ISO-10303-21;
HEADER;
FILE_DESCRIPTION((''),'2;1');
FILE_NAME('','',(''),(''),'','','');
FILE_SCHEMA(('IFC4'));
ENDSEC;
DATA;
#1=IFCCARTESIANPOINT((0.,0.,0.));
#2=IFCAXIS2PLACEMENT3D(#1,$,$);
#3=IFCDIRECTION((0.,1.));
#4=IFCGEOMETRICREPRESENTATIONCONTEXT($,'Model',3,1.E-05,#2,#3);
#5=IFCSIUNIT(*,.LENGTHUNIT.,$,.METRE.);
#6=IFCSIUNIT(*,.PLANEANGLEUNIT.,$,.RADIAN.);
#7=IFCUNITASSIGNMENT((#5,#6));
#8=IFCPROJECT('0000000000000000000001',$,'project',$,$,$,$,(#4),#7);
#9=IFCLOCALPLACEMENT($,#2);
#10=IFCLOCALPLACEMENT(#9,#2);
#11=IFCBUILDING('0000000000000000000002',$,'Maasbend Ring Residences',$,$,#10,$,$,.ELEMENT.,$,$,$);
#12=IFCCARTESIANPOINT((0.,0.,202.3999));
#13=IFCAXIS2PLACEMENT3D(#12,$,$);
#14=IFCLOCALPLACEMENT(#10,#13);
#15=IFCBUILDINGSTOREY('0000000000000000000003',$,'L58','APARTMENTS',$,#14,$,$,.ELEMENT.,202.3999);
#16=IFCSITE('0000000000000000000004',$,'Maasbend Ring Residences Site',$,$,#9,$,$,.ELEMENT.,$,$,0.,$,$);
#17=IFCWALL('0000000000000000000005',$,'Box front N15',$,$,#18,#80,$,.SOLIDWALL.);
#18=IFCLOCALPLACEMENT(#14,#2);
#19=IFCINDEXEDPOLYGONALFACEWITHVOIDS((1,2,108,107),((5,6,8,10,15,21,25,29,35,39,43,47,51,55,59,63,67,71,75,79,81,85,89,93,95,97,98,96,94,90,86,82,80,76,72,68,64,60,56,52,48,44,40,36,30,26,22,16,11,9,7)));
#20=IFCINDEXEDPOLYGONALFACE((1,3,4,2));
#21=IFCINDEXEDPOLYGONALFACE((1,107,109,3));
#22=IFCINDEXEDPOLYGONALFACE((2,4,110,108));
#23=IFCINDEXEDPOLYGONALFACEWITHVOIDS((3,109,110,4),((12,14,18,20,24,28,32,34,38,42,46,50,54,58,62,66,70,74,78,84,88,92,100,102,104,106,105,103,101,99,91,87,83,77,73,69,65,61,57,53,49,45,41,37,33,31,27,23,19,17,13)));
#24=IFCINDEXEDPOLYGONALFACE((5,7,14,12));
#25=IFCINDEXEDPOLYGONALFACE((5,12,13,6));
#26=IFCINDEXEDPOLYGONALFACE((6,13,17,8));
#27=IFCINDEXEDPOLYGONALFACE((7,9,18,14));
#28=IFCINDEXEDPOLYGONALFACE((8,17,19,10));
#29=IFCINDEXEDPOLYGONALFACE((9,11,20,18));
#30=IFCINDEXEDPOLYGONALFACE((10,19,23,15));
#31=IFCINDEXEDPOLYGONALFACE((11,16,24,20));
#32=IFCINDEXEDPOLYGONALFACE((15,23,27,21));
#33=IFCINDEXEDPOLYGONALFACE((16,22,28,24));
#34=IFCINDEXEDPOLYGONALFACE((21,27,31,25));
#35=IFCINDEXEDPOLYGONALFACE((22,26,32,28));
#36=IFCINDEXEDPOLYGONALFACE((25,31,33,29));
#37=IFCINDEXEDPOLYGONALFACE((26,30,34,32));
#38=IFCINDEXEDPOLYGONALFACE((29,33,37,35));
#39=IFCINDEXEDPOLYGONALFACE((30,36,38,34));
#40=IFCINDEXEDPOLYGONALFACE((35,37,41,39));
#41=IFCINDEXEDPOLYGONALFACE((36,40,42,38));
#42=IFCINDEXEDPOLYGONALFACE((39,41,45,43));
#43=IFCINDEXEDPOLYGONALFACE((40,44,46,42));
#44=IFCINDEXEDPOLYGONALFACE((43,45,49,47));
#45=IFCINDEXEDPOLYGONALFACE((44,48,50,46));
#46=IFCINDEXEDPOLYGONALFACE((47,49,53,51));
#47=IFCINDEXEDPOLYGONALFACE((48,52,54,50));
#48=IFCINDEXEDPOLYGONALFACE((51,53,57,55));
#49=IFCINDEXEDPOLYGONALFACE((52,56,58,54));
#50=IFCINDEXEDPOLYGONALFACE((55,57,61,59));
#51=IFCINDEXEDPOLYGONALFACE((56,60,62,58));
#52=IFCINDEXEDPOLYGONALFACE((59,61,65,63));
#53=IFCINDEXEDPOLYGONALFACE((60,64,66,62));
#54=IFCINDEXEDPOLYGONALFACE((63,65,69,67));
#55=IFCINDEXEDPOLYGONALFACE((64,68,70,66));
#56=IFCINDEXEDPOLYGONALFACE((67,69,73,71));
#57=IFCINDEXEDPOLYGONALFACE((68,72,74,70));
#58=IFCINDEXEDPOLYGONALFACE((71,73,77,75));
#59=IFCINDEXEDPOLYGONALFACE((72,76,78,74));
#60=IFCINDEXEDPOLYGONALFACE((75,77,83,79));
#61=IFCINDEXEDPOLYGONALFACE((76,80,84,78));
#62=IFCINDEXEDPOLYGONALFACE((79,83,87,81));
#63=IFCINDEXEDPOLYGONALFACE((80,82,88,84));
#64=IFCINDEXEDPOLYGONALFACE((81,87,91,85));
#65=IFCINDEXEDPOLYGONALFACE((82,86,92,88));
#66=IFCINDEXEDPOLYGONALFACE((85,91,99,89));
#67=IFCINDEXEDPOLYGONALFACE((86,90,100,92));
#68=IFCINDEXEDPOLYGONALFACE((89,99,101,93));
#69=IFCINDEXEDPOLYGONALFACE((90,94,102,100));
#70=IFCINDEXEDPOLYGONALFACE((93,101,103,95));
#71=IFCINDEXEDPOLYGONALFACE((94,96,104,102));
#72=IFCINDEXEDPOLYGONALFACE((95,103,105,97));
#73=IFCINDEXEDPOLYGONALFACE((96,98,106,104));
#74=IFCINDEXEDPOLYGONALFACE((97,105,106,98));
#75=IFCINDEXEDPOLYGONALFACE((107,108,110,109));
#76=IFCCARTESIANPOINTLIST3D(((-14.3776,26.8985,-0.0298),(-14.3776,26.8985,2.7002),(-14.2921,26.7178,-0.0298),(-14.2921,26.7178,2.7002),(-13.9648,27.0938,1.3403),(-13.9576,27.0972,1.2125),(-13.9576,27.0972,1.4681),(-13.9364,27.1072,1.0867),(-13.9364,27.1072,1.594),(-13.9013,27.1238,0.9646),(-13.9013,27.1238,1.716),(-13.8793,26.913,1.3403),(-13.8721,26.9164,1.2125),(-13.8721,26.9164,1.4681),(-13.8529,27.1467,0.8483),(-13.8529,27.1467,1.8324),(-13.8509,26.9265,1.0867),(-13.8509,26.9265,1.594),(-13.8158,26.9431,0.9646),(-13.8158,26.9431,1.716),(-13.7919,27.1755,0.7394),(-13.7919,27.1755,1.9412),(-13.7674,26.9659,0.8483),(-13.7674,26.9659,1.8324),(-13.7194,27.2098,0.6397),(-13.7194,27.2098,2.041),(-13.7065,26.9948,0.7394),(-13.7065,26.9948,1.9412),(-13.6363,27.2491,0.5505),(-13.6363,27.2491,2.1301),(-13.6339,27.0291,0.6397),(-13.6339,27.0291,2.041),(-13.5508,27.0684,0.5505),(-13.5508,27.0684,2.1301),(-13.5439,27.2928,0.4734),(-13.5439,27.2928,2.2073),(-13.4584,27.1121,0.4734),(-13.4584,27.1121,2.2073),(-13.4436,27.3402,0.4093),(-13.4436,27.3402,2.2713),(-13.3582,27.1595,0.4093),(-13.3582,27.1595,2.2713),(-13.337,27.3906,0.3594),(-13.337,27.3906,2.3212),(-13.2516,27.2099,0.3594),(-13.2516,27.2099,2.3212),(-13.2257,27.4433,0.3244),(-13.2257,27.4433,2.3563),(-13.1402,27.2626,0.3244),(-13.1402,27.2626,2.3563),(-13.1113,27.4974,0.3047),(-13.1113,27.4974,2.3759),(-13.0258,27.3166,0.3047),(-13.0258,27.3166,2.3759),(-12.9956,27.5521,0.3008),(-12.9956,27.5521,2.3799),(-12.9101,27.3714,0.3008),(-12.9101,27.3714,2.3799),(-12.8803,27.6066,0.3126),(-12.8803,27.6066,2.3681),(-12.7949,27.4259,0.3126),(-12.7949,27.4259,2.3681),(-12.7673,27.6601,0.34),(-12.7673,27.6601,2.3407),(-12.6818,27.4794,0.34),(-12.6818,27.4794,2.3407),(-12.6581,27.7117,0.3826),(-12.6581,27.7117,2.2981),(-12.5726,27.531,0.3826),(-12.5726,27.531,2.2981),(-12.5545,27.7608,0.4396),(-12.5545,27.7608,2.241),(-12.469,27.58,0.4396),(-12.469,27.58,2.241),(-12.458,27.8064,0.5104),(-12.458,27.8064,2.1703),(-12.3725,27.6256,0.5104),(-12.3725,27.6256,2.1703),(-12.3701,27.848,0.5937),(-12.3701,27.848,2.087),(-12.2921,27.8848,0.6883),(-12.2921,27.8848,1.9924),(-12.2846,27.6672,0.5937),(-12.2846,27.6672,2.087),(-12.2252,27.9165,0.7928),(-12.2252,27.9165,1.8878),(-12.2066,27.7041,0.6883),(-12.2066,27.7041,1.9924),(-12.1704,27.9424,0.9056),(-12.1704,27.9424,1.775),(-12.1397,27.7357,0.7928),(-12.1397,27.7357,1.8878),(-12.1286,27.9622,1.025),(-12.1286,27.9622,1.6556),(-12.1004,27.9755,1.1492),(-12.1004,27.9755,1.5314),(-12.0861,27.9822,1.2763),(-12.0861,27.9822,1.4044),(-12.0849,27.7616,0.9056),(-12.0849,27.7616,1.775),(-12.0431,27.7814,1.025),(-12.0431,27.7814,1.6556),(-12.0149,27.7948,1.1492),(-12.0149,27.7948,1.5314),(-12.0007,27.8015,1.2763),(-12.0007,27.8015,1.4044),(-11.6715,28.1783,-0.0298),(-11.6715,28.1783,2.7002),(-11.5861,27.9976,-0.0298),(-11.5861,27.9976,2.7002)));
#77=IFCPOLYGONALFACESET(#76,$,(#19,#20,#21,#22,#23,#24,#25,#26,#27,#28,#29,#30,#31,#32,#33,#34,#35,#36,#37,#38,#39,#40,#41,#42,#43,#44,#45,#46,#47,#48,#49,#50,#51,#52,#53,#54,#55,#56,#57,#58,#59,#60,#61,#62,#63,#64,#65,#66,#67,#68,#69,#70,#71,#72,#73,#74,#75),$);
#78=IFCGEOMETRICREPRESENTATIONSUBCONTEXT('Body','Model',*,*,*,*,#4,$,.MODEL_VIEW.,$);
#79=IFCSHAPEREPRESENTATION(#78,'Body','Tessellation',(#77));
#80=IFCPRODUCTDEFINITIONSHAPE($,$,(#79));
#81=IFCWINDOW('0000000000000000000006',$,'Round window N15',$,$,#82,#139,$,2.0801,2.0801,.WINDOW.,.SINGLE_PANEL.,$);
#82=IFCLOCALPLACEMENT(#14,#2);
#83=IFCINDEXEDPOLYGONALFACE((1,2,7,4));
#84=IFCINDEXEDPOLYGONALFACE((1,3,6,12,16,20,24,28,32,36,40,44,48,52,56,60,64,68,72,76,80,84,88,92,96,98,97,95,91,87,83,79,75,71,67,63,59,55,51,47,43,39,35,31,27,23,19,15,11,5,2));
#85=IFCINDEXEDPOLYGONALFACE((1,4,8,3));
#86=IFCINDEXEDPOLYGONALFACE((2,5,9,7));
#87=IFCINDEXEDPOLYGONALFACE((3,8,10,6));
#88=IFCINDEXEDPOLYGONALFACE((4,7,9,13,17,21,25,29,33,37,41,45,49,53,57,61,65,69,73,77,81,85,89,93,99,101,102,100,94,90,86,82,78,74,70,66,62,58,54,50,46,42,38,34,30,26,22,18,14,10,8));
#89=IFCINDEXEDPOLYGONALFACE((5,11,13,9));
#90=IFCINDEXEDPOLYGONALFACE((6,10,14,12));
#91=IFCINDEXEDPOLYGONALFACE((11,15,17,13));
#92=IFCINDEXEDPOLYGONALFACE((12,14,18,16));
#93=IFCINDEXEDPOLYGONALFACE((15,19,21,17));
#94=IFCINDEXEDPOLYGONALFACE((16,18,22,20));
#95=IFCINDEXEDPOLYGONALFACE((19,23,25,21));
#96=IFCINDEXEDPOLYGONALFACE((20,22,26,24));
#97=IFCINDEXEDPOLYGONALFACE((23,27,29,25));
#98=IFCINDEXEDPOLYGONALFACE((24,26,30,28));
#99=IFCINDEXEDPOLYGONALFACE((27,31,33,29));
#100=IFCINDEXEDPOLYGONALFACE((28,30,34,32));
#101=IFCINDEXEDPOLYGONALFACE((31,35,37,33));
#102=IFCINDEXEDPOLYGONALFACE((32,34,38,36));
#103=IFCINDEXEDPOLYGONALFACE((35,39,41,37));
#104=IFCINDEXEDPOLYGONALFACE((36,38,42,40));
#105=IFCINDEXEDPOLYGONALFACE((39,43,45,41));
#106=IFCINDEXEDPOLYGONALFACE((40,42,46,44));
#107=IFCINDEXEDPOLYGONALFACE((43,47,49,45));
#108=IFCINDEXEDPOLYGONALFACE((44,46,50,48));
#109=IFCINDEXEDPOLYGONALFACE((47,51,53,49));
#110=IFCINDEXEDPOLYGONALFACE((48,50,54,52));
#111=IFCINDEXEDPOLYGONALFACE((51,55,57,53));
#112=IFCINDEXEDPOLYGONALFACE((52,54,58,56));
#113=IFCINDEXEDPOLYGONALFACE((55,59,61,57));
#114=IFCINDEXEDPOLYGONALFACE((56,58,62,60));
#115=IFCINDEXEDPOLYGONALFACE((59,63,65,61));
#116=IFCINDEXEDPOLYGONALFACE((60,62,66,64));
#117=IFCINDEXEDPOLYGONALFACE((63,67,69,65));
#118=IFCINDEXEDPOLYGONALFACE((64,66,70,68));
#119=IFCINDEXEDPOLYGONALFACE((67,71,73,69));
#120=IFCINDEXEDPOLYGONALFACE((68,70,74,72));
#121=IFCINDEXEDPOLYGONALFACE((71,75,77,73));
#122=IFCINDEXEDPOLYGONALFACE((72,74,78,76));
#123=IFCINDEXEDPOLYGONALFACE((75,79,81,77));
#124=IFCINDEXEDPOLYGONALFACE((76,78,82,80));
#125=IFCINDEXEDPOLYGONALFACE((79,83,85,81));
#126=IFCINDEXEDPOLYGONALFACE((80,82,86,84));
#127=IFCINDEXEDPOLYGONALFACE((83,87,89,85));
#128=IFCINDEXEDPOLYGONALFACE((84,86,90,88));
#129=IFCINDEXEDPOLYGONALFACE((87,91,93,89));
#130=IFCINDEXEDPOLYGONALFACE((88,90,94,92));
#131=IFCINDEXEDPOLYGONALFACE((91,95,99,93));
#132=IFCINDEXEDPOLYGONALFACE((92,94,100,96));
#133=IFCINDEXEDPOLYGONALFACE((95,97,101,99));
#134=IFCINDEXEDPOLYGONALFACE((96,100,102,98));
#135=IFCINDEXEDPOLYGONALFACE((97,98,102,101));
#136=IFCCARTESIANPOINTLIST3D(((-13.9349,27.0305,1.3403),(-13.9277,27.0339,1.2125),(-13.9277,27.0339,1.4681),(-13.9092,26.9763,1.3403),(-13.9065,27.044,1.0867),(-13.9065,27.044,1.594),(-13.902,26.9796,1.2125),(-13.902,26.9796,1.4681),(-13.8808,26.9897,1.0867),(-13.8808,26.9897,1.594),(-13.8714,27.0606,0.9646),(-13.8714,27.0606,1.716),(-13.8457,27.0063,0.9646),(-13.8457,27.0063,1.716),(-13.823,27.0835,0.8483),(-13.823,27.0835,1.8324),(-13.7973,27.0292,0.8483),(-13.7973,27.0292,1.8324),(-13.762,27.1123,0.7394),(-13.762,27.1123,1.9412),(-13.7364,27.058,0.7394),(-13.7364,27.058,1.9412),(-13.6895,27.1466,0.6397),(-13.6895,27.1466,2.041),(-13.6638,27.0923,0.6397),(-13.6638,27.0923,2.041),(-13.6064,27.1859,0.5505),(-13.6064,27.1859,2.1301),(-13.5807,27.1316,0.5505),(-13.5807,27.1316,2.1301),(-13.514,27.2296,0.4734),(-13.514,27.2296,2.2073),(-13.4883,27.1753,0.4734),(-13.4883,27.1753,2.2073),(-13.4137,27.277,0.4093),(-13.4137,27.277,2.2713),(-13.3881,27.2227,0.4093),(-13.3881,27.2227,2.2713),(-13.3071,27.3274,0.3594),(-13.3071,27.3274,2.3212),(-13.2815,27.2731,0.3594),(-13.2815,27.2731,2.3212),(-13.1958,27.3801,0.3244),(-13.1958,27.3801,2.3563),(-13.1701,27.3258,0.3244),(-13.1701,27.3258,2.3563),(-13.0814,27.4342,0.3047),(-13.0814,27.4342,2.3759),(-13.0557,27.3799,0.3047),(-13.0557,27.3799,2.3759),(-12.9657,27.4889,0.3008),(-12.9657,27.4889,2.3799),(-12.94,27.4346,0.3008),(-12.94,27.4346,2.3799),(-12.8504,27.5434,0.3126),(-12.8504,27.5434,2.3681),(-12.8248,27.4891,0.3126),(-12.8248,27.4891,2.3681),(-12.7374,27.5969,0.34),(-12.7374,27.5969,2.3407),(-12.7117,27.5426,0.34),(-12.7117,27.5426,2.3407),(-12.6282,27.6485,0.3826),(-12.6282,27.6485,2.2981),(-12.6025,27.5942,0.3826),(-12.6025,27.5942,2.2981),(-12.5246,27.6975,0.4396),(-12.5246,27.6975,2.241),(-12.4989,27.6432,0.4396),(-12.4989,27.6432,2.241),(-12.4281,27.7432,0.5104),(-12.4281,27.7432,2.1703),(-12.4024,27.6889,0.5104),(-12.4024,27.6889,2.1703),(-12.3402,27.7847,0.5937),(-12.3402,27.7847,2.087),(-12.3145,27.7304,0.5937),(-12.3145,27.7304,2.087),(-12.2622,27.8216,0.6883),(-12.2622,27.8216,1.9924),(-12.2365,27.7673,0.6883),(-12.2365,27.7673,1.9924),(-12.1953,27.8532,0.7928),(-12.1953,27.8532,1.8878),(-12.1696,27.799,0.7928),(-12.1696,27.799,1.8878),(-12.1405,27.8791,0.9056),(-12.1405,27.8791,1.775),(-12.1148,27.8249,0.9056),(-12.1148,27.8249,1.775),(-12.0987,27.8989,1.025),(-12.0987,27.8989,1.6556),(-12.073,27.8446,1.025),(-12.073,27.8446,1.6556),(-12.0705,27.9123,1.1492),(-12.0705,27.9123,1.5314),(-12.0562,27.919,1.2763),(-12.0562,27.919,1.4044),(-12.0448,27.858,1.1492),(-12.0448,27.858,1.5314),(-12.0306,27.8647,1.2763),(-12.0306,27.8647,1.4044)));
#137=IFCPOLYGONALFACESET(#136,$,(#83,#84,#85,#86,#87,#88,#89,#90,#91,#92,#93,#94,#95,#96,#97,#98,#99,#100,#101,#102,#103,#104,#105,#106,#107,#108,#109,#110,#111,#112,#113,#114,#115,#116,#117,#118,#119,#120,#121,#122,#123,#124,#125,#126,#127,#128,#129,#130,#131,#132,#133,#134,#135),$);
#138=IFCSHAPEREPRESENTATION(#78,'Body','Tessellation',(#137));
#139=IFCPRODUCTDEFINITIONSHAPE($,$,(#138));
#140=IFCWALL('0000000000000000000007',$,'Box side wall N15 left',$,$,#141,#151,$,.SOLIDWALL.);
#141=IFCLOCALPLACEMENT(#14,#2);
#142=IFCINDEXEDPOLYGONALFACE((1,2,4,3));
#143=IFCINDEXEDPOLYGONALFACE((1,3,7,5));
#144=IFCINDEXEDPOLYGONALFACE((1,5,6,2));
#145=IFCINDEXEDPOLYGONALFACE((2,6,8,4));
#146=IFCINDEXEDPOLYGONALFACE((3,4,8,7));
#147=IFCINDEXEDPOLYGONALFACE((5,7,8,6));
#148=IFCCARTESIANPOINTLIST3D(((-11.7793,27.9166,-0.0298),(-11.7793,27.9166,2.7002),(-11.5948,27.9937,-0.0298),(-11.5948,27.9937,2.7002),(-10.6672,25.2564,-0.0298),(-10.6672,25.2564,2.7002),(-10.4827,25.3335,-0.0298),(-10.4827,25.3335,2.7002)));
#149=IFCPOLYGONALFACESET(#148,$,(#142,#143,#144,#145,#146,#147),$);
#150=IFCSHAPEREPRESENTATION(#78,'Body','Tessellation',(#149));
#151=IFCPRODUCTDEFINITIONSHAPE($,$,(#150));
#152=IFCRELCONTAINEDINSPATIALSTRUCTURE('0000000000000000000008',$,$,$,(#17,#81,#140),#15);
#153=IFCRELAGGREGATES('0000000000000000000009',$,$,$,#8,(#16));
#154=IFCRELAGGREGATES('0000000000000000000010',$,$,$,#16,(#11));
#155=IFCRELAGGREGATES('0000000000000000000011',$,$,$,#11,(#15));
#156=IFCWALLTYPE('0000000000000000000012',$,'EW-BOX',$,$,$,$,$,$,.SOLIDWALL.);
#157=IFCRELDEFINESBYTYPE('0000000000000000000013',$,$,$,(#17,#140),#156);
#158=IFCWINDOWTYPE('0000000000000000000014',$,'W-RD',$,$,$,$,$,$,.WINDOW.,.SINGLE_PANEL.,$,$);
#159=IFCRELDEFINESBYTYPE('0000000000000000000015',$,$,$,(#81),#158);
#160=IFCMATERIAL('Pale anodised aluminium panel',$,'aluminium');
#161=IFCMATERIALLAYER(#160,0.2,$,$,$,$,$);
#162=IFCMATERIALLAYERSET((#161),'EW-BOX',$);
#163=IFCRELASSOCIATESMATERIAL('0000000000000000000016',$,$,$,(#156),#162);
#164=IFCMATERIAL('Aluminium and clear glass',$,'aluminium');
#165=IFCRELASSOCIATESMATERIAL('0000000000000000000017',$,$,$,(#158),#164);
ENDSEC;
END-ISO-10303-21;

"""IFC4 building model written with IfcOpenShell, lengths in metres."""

from ifc_helpers import new_model, si_unit, direction, frame, frame_2d, origin, place, context, subcontext, project, spatial, rectangle, circle, extrude, material, layer, layer_set, type_object, element, fill, save


model = new_model("IFC4")

# Units and contexts
model_context = context("Model", 3, precision=1e-05, world=origin(), true_north=direction((0.0, 1.0)))
body_context = subcontext(model_context, "Body", "Model", "MODEL_VIEW")
ifc_project = project(units=[si_unit("LENGTHUNIT", "METRE"), si_unit("PLANEANGLEUNIT", "RADIAN")], contexts=[model_context])

# Site, building, storey
site_placement = place(None, origin())
site = spatial("IfcSite", under=ifc_project, at=site_placement, Name="Maasbend Ring Residences Site", CompositionType="ELEMENT", RefElevation=0.0)
building_placement = place(site_placement, origin())
building = spatial("IfcBuilding", under=site, at=building_placement, Name="Maasbend Ring Residences", CompositionType="ELEMENT")
storey_placement = place(building_placement, frame((0.0, 0.0, 202.3999)))
storey = spatial("IfcBuildingStorey", under=building, at=storey_placement, Name="L58", Description="APARTMENTS", CompositionType="ELEMENT", Elevation=202.3999)

# Shared definitions
ifc_material_1 = material(Name="Pale anodised aluminium panel", Category="aluminium")
ifc_layer_1 = layer(ifc_material_1, 0.2)
ifc_layer_set_1 = layer_set([ifc_layer_1], Name="EW-BOX")
wall_type_1 = type_object("IfcWallType", Name="EW-BOX", PredefinedType="SOLIDWALL", material=ifc_layer_set_1)

# Shared definitions
ifc_material_2 = material(Name="Aluminium and clear glass", Category="aluminium")
window_type_1 = type_object("IfcWindowType", Name="W-RD", PartitioningType="SINGLE_PANEL", PredefinedType="WINDOW", material=ifc_material_2)

# Wall, opening, window
wall_1_placement = place(storey_placement, frame((-11.6289, 28.0879, -0.0298), z_axis=(0.0, 0.0, 1.0), x_axis=(-0.904, -0.427532, 0.0)))
wall_1 = element("IfcWall", 1, at=wall_1_placement, inside=storey, type_object=wall_type_1, Name="Box front N15", PredefinedType="SOLIDWALL", context=body_context, shape_type="SweptSolid", body=[
    extrude(rectangle(XDim=2.9934, YDim=0.2, at=frame_2d((1.4966, 0.0))), origin(), (0.0, 0.0, 1.0), 2.73),
])
opening_1_placement = place(wall_1_placement, frame((0.4565, 0.0, 0.3301)))
opening_1 = element("IfcOpeningElement", 2, at=opening_1_placement, cuts=wall_1, PredefinedType="OPENING", context=body_context, shape_type="SweptSolid", body=[
    extrude(circle(Radius=1.04, at=frame_2d((1.04, 1.04))), frame((0.0, 0.1099, 0.0), z_axis=(0.0, -1.0, 0.0), x_axis=(1.0, 0.0, 0.0)), (0.0, 0.0, 1.0), 0.22),
])
window_1_placement = place(opening_1_placement, origin())
window_1 = element("IfcWindow", 3, at=window_1_placement, inside=storey, type_object=window_type_1, Name="Round window N15", OverallHeight=2.0801, OverallWidth=2.0801, PartitioningType="SINGLE_PANEL", PredefinedType="WINDOW", context=body_context, shape_type="SweptSolid", body=[
    extrude(circle(Radius=1.04, at=frame_2d((1.04, 1.04))), frame((0.0, 0.03, 0.0), z_axis=(0.0, -1.0, 0.0), x_axis=(1.0, 0.0, 0.0)), (0.0, 0.0, 1.0), 0.0601),
])
fill(opening_1, window_1)

# Wall
wall_2_placement = place(storey_placement, frame((-10.575, 25.2949, -0.0298), z_axis=(0.0, 0.0, 1.0), x_axis=(-0.385697, 0.922625, 0.0)))
element("IfcWall", 4, at=wall_2_placement, inside=storey, type_object=wall_type_1, Name="Box side wall N15 left", PredefinedType="SOLIDWALL", context=body_context, shape_type="SweptSolid", body=[
    extrude(rectangle(XDim=2.8833, YDim=0.2, at=frame_2d((1.4417, 0.0))), origin(), (0.0, 0.0, 1.0), 2.73),
])

save(model, "model.ifc")
